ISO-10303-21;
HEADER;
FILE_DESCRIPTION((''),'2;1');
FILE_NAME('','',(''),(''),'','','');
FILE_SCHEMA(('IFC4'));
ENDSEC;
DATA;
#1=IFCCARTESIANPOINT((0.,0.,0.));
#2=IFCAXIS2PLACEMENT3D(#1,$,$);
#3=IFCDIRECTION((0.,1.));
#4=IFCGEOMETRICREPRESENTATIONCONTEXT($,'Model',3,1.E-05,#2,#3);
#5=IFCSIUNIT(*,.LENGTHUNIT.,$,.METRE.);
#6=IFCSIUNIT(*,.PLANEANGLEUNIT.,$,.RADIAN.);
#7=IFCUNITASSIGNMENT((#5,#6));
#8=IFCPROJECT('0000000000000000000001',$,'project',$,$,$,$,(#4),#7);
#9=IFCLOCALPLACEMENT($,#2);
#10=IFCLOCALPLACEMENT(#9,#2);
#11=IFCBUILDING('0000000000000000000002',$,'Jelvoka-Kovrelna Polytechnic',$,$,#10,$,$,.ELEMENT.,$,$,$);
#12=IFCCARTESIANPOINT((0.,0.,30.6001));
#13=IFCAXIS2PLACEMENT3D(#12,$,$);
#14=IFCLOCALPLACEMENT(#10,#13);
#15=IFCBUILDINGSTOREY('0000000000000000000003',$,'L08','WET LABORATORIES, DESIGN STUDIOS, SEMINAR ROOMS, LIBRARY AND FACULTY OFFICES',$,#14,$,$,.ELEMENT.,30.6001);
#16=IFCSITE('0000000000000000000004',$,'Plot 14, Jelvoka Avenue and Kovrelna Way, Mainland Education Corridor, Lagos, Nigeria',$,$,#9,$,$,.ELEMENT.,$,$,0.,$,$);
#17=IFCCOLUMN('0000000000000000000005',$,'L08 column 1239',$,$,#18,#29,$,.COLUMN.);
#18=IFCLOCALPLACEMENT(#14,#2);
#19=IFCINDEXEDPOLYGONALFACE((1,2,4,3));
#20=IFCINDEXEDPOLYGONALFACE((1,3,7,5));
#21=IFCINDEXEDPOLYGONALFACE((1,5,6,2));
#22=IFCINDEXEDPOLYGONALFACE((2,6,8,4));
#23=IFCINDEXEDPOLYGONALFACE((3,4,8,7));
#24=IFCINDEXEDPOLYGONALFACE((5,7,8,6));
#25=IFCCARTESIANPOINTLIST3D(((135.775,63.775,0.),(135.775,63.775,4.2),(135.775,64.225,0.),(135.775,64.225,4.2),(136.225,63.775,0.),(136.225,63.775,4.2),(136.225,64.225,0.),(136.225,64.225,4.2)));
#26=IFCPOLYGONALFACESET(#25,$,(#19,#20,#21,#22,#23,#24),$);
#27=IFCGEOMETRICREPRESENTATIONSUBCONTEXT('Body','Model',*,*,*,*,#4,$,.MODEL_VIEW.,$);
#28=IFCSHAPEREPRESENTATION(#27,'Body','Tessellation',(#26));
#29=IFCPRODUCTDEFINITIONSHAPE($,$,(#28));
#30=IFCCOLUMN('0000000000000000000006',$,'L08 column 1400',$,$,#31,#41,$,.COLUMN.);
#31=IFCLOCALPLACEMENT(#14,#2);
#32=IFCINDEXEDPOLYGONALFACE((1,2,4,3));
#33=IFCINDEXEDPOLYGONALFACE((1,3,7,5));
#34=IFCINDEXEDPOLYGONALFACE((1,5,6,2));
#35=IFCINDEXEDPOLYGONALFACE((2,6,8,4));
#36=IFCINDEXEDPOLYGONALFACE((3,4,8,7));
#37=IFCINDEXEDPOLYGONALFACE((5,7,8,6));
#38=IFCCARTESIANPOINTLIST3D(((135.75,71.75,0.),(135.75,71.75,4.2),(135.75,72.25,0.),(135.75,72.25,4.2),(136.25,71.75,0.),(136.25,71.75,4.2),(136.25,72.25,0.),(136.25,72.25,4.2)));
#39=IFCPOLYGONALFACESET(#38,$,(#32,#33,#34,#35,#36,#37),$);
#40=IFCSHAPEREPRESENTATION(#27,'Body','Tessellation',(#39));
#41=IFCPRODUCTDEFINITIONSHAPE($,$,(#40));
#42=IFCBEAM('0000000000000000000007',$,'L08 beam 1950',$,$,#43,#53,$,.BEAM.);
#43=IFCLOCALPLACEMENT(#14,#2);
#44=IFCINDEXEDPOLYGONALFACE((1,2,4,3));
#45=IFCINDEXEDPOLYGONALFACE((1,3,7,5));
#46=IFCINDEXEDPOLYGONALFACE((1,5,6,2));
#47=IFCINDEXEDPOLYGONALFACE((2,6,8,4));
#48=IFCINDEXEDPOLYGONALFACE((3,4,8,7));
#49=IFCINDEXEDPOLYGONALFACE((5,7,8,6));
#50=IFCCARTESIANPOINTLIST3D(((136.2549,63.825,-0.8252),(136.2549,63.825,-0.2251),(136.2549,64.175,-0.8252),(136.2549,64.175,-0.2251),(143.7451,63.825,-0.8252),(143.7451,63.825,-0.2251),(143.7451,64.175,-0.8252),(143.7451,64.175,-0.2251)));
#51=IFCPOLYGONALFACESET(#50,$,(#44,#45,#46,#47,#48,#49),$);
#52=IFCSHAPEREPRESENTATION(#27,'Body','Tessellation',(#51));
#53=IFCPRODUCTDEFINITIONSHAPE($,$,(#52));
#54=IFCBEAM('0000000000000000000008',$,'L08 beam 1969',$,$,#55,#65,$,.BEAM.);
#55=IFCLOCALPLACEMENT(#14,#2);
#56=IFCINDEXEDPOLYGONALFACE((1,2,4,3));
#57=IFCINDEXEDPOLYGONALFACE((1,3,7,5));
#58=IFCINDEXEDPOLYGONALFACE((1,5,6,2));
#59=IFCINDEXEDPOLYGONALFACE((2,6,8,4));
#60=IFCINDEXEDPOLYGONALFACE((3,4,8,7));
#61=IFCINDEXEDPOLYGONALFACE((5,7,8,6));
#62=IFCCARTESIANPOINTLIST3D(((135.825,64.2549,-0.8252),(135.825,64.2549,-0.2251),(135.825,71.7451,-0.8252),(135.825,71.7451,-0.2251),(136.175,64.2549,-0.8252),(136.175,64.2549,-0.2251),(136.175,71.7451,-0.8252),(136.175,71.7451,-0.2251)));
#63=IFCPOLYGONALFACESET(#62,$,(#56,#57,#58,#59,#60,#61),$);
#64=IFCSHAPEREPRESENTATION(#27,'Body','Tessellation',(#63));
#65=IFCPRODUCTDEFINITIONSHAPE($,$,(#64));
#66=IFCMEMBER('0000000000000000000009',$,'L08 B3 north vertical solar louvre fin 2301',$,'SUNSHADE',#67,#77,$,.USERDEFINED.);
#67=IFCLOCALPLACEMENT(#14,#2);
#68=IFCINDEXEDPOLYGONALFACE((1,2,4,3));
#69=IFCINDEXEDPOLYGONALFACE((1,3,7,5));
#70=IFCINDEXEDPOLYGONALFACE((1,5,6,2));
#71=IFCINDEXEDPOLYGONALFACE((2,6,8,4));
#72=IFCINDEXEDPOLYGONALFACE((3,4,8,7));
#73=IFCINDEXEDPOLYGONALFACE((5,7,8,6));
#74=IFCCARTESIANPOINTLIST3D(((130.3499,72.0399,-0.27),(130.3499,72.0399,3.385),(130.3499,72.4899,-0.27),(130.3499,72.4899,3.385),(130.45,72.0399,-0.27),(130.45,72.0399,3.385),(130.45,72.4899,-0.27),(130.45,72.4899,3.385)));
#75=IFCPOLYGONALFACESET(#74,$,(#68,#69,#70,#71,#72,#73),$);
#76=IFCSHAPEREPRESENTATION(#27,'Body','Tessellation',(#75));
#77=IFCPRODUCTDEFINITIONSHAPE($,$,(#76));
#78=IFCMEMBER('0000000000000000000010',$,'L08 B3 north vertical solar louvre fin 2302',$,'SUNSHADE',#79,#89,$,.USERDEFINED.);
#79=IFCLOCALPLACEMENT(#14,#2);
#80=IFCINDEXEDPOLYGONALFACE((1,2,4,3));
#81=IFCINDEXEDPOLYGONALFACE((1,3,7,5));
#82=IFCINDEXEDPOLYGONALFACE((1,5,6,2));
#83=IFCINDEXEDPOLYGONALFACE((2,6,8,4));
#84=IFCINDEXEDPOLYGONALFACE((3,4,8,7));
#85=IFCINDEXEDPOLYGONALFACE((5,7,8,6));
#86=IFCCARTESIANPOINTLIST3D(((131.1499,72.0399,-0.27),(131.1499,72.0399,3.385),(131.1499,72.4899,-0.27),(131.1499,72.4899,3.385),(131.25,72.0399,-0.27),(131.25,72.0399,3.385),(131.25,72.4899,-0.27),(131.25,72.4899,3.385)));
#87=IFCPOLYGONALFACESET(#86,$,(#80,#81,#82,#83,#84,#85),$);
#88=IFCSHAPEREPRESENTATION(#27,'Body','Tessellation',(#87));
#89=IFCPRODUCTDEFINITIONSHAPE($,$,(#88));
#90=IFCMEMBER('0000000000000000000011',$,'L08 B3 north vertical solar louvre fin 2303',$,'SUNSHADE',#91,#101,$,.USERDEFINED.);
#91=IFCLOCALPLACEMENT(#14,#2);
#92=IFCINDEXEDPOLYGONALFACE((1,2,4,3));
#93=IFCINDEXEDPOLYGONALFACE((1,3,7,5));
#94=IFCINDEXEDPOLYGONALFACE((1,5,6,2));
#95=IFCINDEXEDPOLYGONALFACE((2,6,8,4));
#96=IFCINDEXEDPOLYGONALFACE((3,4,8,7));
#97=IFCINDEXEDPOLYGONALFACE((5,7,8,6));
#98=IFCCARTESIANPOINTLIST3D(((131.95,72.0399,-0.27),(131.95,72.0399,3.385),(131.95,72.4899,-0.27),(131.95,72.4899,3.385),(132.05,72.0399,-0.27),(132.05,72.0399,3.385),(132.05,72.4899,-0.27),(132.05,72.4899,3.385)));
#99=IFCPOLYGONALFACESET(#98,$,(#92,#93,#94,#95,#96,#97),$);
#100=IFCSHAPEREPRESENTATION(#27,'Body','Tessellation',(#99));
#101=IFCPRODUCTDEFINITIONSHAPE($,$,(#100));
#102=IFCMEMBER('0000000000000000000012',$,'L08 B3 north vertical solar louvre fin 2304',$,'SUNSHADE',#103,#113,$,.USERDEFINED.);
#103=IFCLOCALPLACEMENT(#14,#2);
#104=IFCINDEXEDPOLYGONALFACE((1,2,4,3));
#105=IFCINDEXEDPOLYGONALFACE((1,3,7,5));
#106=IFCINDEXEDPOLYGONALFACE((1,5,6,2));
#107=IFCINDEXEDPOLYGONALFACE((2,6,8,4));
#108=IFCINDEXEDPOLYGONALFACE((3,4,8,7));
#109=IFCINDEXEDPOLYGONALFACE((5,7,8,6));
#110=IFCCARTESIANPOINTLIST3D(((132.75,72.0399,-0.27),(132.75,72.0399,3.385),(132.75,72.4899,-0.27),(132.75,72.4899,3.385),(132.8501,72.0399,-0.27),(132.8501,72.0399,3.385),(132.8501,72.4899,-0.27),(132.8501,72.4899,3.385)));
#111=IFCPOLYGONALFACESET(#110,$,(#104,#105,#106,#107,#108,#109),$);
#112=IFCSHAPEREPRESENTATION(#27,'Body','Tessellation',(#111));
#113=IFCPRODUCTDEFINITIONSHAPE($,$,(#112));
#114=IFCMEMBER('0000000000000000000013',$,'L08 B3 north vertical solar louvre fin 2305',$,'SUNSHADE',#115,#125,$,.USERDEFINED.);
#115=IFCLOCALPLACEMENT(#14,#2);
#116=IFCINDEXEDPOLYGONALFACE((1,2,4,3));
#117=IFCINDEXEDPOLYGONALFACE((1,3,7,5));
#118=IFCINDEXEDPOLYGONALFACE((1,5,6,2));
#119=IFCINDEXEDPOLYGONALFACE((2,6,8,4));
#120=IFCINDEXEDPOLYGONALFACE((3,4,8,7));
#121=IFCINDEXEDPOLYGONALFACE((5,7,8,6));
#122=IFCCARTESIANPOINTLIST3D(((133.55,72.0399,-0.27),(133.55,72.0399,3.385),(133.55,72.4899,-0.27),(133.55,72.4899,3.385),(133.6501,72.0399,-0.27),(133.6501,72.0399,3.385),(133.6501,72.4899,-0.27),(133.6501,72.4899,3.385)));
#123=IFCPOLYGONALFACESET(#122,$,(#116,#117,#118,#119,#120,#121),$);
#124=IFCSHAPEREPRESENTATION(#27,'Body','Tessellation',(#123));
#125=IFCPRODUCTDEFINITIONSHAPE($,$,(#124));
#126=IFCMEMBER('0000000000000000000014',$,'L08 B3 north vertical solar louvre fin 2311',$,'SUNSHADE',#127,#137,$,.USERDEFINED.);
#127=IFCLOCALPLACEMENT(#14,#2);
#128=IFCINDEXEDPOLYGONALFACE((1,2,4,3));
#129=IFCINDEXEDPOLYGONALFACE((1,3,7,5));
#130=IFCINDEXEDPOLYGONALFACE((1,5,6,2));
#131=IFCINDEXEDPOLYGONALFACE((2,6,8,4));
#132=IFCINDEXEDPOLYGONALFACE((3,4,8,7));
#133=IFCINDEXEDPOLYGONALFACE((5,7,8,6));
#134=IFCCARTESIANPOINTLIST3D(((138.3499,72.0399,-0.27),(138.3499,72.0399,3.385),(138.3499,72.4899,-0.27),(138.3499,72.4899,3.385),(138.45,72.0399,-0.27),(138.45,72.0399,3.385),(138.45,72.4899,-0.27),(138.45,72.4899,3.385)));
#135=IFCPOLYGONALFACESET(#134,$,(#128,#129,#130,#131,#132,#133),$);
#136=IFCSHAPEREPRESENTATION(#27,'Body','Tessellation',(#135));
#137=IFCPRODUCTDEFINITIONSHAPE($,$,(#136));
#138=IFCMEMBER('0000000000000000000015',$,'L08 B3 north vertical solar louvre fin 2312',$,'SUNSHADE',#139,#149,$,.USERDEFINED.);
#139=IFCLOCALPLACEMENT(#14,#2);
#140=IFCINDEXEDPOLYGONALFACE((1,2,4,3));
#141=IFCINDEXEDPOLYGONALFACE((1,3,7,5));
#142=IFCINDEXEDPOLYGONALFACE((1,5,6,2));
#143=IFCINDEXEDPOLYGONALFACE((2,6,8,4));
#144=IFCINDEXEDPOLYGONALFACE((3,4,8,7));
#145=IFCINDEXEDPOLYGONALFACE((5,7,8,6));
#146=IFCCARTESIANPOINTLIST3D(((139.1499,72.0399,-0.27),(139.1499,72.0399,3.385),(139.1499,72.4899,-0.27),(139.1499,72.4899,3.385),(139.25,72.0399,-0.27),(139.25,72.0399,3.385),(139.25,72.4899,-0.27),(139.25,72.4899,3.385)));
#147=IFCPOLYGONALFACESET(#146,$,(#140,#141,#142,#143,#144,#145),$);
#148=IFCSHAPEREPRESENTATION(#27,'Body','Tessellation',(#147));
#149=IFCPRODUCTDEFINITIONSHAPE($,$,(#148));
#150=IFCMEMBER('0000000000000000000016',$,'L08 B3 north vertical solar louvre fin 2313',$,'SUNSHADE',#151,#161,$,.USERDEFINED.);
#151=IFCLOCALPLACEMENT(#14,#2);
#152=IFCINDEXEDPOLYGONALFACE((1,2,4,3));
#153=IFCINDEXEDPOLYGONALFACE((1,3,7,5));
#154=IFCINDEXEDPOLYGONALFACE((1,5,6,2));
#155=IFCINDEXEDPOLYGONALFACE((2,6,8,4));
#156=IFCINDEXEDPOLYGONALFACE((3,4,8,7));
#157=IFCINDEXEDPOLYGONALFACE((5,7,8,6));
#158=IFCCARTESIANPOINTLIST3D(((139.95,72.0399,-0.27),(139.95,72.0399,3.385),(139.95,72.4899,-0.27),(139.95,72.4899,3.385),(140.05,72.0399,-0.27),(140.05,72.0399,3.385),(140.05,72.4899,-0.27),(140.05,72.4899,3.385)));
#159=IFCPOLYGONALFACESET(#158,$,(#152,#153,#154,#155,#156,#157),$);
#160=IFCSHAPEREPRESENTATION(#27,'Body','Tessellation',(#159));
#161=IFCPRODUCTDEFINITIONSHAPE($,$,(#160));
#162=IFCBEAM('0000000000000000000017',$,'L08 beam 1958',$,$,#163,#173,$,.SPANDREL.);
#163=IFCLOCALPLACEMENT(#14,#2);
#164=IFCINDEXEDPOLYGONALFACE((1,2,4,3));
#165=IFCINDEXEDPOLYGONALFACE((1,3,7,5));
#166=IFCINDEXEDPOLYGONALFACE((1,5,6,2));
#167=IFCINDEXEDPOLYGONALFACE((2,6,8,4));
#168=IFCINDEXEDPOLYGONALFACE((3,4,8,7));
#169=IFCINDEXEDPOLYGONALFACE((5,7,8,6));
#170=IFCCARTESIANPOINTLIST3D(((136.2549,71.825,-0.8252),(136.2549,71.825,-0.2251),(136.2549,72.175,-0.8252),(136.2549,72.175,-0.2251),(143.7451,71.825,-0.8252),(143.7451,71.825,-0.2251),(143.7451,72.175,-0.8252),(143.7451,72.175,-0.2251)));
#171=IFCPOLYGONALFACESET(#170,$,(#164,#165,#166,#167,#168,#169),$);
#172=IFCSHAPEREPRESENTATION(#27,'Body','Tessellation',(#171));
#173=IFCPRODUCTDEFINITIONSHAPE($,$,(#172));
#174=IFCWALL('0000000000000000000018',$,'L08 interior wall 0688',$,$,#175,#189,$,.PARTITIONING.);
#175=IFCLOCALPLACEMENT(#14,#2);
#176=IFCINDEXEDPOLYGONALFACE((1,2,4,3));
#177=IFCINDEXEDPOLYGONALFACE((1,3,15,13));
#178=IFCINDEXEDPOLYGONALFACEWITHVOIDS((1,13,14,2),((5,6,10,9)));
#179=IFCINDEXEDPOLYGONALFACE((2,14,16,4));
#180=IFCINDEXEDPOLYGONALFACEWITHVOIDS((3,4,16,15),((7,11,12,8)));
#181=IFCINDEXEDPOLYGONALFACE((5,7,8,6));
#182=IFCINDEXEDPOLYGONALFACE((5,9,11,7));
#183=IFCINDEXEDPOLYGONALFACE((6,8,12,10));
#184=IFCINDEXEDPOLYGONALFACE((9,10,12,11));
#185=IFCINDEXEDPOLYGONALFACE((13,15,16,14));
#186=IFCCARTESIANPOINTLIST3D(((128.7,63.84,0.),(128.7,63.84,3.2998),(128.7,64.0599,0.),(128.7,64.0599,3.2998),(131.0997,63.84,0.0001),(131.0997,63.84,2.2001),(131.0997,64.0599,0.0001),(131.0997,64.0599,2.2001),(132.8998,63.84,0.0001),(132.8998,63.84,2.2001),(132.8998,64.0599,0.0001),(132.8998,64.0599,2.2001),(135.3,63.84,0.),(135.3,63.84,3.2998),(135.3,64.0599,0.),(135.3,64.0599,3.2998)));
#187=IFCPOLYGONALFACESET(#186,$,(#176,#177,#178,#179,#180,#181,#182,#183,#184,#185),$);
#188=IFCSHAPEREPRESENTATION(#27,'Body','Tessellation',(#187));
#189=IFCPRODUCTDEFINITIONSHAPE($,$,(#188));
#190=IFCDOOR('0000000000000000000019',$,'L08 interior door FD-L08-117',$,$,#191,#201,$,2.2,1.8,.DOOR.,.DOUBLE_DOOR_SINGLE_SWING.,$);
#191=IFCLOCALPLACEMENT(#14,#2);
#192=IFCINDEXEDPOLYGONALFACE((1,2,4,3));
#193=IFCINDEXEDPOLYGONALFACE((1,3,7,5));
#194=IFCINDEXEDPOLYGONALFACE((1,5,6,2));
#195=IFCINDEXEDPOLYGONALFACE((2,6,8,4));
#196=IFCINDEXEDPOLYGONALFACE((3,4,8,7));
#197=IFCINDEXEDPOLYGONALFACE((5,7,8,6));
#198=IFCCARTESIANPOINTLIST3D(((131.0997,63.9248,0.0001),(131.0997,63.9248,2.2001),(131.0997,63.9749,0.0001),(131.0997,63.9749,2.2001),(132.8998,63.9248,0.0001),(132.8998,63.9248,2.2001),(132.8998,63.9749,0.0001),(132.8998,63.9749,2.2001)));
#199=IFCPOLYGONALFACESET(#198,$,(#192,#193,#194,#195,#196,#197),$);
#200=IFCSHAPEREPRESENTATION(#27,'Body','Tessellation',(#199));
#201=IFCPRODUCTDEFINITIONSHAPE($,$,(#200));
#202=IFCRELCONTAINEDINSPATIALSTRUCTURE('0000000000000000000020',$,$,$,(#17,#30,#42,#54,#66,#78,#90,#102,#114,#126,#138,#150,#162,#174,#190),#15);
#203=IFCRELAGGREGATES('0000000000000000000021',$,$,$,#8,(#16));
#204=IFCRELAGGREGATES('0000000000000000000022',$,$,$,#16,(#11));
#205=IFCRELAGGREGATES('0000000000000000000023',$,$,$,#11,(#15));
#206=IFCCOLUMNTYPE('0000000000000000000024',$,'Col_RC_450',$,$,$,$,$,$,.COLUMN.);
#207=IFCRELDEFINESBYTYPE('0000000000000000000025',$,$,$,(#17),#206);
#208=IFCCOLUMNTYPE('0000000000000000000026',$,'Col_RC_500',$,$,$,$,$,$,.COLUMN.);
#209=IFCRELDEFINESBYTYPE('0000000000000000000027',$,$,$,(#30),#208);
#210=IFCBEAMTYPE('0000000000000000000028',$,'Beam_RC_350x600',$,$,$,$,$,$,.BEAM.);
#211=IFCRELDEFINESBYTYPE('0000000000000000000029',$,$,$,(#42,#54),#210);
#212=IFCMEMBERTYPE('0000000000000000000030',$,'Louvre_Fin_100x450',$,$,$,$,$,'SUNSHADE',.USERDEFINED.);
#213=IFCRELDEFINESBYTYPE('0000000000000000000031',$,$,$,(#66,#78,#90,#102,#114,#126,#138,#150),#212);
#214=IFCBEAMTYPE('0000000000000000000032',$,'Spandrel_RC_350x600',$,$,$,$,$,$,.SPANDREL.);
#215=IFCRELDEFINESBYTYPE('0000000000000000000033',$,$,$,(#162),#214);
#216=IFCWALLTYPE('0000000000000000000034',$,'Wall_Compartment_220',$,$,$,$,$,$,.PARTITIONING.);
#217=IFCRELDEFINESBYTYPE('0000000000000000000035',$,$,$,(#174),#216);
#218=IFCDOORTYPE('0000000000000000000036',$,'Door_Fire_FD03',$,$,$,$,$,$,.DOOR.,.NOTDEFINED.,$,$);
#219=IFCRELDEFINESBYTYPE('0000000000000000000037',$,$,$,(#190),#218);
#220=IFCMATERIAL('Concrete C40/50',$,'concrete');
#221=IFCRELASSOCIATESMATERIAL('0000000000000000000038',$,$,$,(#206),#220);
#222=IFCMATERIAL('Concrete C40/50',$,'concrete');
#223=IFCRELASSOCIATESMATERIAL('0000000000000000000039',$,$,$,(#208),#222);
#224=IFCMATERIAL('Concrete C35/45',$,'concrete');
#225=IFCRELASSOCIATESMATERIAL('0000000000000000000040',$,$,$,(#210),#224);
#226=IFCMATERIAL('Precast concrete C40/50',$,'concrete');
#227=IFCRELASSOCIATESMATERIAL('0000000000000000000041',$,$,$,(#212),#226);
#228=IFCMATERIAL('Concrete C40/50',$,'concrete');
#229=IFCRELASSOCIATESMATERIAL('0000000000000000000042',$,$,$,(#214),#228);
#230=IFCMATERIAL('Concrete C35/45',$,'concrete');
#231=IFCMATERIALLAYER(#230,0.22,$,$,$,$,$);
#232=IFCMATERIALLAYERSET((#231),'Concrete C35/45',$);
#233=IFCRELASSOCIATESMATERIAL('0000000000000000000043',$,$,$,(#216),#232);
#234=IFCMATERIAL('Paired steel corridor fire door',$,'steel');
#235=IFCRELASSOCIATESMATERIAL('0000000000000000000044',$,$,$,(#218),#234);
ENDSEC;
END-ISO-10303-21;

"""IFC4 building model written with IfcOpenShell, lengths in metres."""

from ifc_helpers import new_model, si_unit, direction, frame, frame_2d, origin, origin_2d, place, context, subcontext, project, spatial, rectangle, extrude, material, layer, layer_set, material_profile, profile_set, type_object, element, fill, save


model = new_model("IFC4")

# Units and contexts
model_context = context("Model", 3, precision=1e-05, world=origin(), true_north=direction((0.0, 1.0)))
body_context = subcontext(model_context, "Body", "Model", "MODEL_VIEW")
ifc_project = project(units=[si_unit("LENGTHUNIT", "METRE"), si_unit("PLANEANGLEUNIT", "RADIAN")], contexts=[model_context])

# Site, building, storey
site_placement = place(None, origin())
site = spatial("IfcSite", under=ifc_project, at=site_placement, Name="Plot 14, Jelvoka Avenue and Kovrelna Way, Mainland Education Corridor, Lagos, Nigeria", CompositionType="ELEMENT", RefElevation=0.0)
building_placement = place(site_placement, origin())
building = spatial("IfcBuilding", under=site, at=building_placement, Name="Jelvoka-Kovrelna Polytechnic", CompositionType="ELEMENT")
storey_placement = place(building_placement, frame((0.0, 0.0, 30.6001)))
storey = spatial("IfcBuildingStorey", under=building, at=storey_placement, Name="L08", Description="WET LABORATORIES, DESIGN STUDIOS, SEMINAR ROOMS, LIBRARY AND FACULTY OFFICES", CompositionType="ELEMENT", Elevation=30.6001)

# Columns
ifc_material_1 = material(Name="Concrete C40/50", Category="concrete")
ifc_material_profile_1 = material_profile(ifc_material_1, rectangle(XDim=0.45, YDim=0.45, at=origin_2d()), Name="RC 450x450")
ifc_profile_set_1 = profile_set([ifc_material_profile_1], Name="Concrete C40/50")
column_type_1 = type_object("IfcColumnType", Name="Col_RC_450", PredefinedType="COLUMN", material=ifc_profile_set_1)
column_1_placement = place(storey_placement, frame((136.0, 64.0, 0.0), z_axis=(0.0, 0.0, 1.0), x_axis=(1.0, 0.0, 0.0)))
element("IfcColumn", 1, at=column_1_placement, inside=storey, type_object=column_type_1, Name="L08 column 1239", PredefinedType="COLUMN", context=body_context, shape_type="SweptSolid", body=[
    extrude(rectangle(XDim=0.45, YDim=0.45, at=origin_2d()), origin(), (0.0, 0.0, 1.0), 4.2),
])
ifc_material_2 = material(Name="Concrete C40/50", Category="concrete")
ifc_material_profile_2 = material_profile(ifc_material_2, rectangle(XDim=0.5, YDim=0.5, at=origin_2d()), Name="RC 500x500")
ifc_profile_set_2 = profile_set([ifc_material_profile_2], Name="Concrete C40/50")
column_type_2 = type_object("IfcColumnType", Name="Col_RC_500", PredefinedType="COLUMN", material=ifc_profile_set_2)
column_2_placement = place(storey_placement, frame((136.0, 72.0, 0.0), z_axis=(0.0, 0.0, 1.0), x_axis=(1.0, 0.0, 0.0)))
element("IfcColumn", 2, at=column_2_placement, inside=storey, type_object=column_type_2, Name="L08 column 1400", PredefinedType="COLUMN", context=body_context, shape_type="SweptSolid", body=[
    extrude(rectangle(XDim=0.5, YDim=0.5, at=origin_2d()), origin(), (0.0, 0.0, 1.0), 4.2),
])

# Beams
ifc_material_3 = material(Name="Concrete C35/45", Category="concrete")
ifc_material_profile_3 = material_profile(ifc_material_3, rectangle(XDim=0.3501, YDim=0.6001, at=origin_2d()), Name="RC 350x600")
ifc_profile_set_3 = profile_set([ifc_material_profile_3], Name="Concrete C35/45")
beam_type_1 = type_object("IfcBeamType", Name="Beam_RC_350x600", PredefinedType="BEAM", material=ifc_profile_set_3)
for number, where, z_axis, x_axis, name in (
    (3, (136.2549, 64.0, -0.5251), (1.0, 0.0, 0.0), (0.0, 1.0, 0.0), "L08 beam 1950"),
    (4, (136.0, 64.2549, -0.5251), (0.0, 1.0, 0.0), (-1.0, 0.0, 0.0), "L08 beam 1969"),
):
    element("IfcBeam", number, at=place(storey_placement, frame(where, z_axis=z_axis, x_axis=x_axis)), inside=storey, type_object=beam_type_1, Name=name, PredefinedType="BEAM", context=body_context, shape_type="SweptSolid", body=[
        extrude(rectangle(XDim=0.3501, YDim=0.6001, at=origin_2d()), origin(), (0.0, 0.0, 1.0), 7.4902),
    ])

# Members
ifc_material_4 = material(Name="Precast concrete C40/50", Category="concrete")
ifc_material_profile_4 = material_profile(ifc_material_4, rectangle(XDim=0.1001, YDim=0.45, at=origin_2d()), Name="PC 100x450")
ifc_profile_set_4 = profile_set([ifc_material_profile_4], Name="Precast concrete C40/50")
member_type = type_object("IfcMemberType", Name="Louvre_Fin_100x450", ElementType="SUNSHADE", PredefinedType="USERDEFINED", material=ifc_profile_set_4)
for number, where, z_axis, x_axis, name in (
    (5, (130.3999, 72.2649, -0.27), (0.0, 0.0, 1.0), (1.0, 0.0, 0.0), "L08 B3 north vertical solar louvre fin 2301"),
    (6, (131.2, 72.2649, -0.27), (0.0, 0.0, 1.0), (1.0, 0.0, 0.0), "L08 B3 north vertical solar louvre fin 2302"),
    (7, (132.0, 72.2649, -0.27), (0.0, 0.0, 1.0), (1.0, 0.0, 0.0), "L08 B3 north vertical solar louvre fin 2303"),
    (8, (132.8, 72.2649, -0.27), (0.0, 0.0, 1.0), (1.0, 0.0, 0.0), "L08 B3 north vertical solar louvre fin 2304"),
    (9, (133.6001, 72.2649, -0.27), (0.0, 0.0, 1.0), (1.0, 0.0, 0.0), "L08 B3 north vertical solar louvre fin 2305"),
    (10, (138.3999, 72.2649, -0.27), (0.0, 0.0, 1.0), (1.0, 0.0, 0.0), "L08 B3 north vertical solar louvre fin 2311"),
    (11, (139.2, 72.2649, -0.27), (0.0, 0.0, 1.0), (1.0, 0.0, 0.0), "L08 B3 north vertical solar louvre fin 2312"),
    (12, (140.0, 72.2649, -0.27), (0.0, 0.0, 1.0), (1.0, 0.0, 0.0), "L08 B3 north vertical solar louvre fin 2313"),
):
    element("IfcMember", number, at=place(storey_placement, frame(where, z_axis=z_axis, x_axis=x_axis)), inside=storey, type_object=member_type, Name=name, ObjectType="SUNSHADE", PredefinedType="USERDEFINED", context=body_context, shape_type="SweptSolid", body=[
        extrude(rectangle(XDim=0.1001, YDim=0.45, at=origin_2d()), origin(), (0.0, 0.0, 1.0), 3.655),
    ])

# Beam
ifc_material_5 = material(Name="Concrete C40/50", Category="concrete")
ifc_material_profile_5 = material_profile(ifc_material_5, rectangle(XDim=0.3501, YDim=0.6001, at=origin_2d()), Name="RC 350x600")
ifc_profile_set_5 = profile_set([ifc_material_profile_5], Name="Concrete C40/50")
beam_type_2 = type_object("IfcBeamType", Name="Spandrel_RC_350x600", PredefinedType="SPANDREL", material=ifc_profile_set_5)
beam_placement = place(storey_placement, frame((136.2549, 72.0, -0.5251), z_axis=(1.0, 0.0, 0.0), x_axis=(0.0, 1.0, 0.0)))
element("IfcBeam", 13, at=beam_placement, inside=storey, type_object=beam_type_2, Name="L08 beam 1958", PredefinedType="SPANDREL", context=body_context, shape_type="SweptSolid", body=[
    extrude(rectangle(XDim=0.3501, YDim=0.6001, at=origin_2d()), origin(), (0.0, 0.0, 1.0), 7.4902),
])

# Wall, opening, door
ifc_material_6 = material(Name="Concrete C35/45", Category="concrete")
ifc_layer_1 = layer(ifc_material_6, 0.22)
ifc_layer_set_1 = layer_set([ifc_layer_1], Name="Concrete C35/45")
wall_type_1 = type_object("IfcWallType", Name="Wall_Compartment_220", PredefinedType="PARTITIONING", material=ifc_layer_set_1)
wall_1_placement = place(storey_placement, frame((128.7, 63.95, 0.0), z_axis=(0.0, 0.0, 1.0), x_axis=(1.0, 0.0, 0.0)))
wall_1 = element("IfcWall", 14, at=wall_1_placement, inside=storey, type_object=wall_type_1, Name="L08 interior wall 0688", PredefinedType="PARTITIONING", context=body_context, shape_type="SweptSolid", body=[
    extrude(rectangle(XDim=6.6001, YDim=0.22, at=frame_2d((3.3, 0.0))), origin(), (0.0, 0.0, 1.0), 3.2998),
])
opening_1_placement = place(wall_1_placement, frame((2.3999, 0.0, 0.0)))
opening_1 = element("IfcOpeningElement", 15, at=opening_1_placement, cuts=wall_1, PredefinedType="OPENING", context=body_context, shape_type="SweptSolid", body=[
    extrude(rectangle(XDim=1.8, YDim=2.2, at=frame_2d((0.8999, 1.1001))), frame((0.0, 0.1199, 0.0), z_axis=(0.0, -1.0, 0.0), x_axis=(1.0, 0.0, 0.0)), (0.0, 0.0, 1.0), 0.24),
])
ifc_material_7 = material(Name="Paired steel corridor fire door", Category="steel")
door_type_1 = type_object("IfcDoorType", Name="Door_Fire_FD03", OperationType="NOTDEFINED", PredefinedType="DOOR", material=ifc_material_7)
door_1_placement = place(opening_1_placement, origin())
door_1 = element("IfcDoor", 16, at=door_1_placement, inside=storey, type_object=door_type_1, Name="L08 interior door FD-L08-117", OperationType="DOUBLE_DOOR_SINGLE_SWING", OverallHeight=2.2, OverallWidth=1.8, PredefinedType="DOOR", context=body_context, shape_type="SweptSolid", body=[
    extrude(rectangle(XDim=1.8, YDim=2.2, at=frame_2d((0.8999, 1.1001))), frame((0.0, 0.0249, 0.0), z_axis=(0.0, -1.0, 0.0), x_axis=(1.0, 0.0, 0.0)), (0.0, 0.0, 1.0), 0.05),
])
fill(opening_1, door_1)

save(model, "model.ifc")
